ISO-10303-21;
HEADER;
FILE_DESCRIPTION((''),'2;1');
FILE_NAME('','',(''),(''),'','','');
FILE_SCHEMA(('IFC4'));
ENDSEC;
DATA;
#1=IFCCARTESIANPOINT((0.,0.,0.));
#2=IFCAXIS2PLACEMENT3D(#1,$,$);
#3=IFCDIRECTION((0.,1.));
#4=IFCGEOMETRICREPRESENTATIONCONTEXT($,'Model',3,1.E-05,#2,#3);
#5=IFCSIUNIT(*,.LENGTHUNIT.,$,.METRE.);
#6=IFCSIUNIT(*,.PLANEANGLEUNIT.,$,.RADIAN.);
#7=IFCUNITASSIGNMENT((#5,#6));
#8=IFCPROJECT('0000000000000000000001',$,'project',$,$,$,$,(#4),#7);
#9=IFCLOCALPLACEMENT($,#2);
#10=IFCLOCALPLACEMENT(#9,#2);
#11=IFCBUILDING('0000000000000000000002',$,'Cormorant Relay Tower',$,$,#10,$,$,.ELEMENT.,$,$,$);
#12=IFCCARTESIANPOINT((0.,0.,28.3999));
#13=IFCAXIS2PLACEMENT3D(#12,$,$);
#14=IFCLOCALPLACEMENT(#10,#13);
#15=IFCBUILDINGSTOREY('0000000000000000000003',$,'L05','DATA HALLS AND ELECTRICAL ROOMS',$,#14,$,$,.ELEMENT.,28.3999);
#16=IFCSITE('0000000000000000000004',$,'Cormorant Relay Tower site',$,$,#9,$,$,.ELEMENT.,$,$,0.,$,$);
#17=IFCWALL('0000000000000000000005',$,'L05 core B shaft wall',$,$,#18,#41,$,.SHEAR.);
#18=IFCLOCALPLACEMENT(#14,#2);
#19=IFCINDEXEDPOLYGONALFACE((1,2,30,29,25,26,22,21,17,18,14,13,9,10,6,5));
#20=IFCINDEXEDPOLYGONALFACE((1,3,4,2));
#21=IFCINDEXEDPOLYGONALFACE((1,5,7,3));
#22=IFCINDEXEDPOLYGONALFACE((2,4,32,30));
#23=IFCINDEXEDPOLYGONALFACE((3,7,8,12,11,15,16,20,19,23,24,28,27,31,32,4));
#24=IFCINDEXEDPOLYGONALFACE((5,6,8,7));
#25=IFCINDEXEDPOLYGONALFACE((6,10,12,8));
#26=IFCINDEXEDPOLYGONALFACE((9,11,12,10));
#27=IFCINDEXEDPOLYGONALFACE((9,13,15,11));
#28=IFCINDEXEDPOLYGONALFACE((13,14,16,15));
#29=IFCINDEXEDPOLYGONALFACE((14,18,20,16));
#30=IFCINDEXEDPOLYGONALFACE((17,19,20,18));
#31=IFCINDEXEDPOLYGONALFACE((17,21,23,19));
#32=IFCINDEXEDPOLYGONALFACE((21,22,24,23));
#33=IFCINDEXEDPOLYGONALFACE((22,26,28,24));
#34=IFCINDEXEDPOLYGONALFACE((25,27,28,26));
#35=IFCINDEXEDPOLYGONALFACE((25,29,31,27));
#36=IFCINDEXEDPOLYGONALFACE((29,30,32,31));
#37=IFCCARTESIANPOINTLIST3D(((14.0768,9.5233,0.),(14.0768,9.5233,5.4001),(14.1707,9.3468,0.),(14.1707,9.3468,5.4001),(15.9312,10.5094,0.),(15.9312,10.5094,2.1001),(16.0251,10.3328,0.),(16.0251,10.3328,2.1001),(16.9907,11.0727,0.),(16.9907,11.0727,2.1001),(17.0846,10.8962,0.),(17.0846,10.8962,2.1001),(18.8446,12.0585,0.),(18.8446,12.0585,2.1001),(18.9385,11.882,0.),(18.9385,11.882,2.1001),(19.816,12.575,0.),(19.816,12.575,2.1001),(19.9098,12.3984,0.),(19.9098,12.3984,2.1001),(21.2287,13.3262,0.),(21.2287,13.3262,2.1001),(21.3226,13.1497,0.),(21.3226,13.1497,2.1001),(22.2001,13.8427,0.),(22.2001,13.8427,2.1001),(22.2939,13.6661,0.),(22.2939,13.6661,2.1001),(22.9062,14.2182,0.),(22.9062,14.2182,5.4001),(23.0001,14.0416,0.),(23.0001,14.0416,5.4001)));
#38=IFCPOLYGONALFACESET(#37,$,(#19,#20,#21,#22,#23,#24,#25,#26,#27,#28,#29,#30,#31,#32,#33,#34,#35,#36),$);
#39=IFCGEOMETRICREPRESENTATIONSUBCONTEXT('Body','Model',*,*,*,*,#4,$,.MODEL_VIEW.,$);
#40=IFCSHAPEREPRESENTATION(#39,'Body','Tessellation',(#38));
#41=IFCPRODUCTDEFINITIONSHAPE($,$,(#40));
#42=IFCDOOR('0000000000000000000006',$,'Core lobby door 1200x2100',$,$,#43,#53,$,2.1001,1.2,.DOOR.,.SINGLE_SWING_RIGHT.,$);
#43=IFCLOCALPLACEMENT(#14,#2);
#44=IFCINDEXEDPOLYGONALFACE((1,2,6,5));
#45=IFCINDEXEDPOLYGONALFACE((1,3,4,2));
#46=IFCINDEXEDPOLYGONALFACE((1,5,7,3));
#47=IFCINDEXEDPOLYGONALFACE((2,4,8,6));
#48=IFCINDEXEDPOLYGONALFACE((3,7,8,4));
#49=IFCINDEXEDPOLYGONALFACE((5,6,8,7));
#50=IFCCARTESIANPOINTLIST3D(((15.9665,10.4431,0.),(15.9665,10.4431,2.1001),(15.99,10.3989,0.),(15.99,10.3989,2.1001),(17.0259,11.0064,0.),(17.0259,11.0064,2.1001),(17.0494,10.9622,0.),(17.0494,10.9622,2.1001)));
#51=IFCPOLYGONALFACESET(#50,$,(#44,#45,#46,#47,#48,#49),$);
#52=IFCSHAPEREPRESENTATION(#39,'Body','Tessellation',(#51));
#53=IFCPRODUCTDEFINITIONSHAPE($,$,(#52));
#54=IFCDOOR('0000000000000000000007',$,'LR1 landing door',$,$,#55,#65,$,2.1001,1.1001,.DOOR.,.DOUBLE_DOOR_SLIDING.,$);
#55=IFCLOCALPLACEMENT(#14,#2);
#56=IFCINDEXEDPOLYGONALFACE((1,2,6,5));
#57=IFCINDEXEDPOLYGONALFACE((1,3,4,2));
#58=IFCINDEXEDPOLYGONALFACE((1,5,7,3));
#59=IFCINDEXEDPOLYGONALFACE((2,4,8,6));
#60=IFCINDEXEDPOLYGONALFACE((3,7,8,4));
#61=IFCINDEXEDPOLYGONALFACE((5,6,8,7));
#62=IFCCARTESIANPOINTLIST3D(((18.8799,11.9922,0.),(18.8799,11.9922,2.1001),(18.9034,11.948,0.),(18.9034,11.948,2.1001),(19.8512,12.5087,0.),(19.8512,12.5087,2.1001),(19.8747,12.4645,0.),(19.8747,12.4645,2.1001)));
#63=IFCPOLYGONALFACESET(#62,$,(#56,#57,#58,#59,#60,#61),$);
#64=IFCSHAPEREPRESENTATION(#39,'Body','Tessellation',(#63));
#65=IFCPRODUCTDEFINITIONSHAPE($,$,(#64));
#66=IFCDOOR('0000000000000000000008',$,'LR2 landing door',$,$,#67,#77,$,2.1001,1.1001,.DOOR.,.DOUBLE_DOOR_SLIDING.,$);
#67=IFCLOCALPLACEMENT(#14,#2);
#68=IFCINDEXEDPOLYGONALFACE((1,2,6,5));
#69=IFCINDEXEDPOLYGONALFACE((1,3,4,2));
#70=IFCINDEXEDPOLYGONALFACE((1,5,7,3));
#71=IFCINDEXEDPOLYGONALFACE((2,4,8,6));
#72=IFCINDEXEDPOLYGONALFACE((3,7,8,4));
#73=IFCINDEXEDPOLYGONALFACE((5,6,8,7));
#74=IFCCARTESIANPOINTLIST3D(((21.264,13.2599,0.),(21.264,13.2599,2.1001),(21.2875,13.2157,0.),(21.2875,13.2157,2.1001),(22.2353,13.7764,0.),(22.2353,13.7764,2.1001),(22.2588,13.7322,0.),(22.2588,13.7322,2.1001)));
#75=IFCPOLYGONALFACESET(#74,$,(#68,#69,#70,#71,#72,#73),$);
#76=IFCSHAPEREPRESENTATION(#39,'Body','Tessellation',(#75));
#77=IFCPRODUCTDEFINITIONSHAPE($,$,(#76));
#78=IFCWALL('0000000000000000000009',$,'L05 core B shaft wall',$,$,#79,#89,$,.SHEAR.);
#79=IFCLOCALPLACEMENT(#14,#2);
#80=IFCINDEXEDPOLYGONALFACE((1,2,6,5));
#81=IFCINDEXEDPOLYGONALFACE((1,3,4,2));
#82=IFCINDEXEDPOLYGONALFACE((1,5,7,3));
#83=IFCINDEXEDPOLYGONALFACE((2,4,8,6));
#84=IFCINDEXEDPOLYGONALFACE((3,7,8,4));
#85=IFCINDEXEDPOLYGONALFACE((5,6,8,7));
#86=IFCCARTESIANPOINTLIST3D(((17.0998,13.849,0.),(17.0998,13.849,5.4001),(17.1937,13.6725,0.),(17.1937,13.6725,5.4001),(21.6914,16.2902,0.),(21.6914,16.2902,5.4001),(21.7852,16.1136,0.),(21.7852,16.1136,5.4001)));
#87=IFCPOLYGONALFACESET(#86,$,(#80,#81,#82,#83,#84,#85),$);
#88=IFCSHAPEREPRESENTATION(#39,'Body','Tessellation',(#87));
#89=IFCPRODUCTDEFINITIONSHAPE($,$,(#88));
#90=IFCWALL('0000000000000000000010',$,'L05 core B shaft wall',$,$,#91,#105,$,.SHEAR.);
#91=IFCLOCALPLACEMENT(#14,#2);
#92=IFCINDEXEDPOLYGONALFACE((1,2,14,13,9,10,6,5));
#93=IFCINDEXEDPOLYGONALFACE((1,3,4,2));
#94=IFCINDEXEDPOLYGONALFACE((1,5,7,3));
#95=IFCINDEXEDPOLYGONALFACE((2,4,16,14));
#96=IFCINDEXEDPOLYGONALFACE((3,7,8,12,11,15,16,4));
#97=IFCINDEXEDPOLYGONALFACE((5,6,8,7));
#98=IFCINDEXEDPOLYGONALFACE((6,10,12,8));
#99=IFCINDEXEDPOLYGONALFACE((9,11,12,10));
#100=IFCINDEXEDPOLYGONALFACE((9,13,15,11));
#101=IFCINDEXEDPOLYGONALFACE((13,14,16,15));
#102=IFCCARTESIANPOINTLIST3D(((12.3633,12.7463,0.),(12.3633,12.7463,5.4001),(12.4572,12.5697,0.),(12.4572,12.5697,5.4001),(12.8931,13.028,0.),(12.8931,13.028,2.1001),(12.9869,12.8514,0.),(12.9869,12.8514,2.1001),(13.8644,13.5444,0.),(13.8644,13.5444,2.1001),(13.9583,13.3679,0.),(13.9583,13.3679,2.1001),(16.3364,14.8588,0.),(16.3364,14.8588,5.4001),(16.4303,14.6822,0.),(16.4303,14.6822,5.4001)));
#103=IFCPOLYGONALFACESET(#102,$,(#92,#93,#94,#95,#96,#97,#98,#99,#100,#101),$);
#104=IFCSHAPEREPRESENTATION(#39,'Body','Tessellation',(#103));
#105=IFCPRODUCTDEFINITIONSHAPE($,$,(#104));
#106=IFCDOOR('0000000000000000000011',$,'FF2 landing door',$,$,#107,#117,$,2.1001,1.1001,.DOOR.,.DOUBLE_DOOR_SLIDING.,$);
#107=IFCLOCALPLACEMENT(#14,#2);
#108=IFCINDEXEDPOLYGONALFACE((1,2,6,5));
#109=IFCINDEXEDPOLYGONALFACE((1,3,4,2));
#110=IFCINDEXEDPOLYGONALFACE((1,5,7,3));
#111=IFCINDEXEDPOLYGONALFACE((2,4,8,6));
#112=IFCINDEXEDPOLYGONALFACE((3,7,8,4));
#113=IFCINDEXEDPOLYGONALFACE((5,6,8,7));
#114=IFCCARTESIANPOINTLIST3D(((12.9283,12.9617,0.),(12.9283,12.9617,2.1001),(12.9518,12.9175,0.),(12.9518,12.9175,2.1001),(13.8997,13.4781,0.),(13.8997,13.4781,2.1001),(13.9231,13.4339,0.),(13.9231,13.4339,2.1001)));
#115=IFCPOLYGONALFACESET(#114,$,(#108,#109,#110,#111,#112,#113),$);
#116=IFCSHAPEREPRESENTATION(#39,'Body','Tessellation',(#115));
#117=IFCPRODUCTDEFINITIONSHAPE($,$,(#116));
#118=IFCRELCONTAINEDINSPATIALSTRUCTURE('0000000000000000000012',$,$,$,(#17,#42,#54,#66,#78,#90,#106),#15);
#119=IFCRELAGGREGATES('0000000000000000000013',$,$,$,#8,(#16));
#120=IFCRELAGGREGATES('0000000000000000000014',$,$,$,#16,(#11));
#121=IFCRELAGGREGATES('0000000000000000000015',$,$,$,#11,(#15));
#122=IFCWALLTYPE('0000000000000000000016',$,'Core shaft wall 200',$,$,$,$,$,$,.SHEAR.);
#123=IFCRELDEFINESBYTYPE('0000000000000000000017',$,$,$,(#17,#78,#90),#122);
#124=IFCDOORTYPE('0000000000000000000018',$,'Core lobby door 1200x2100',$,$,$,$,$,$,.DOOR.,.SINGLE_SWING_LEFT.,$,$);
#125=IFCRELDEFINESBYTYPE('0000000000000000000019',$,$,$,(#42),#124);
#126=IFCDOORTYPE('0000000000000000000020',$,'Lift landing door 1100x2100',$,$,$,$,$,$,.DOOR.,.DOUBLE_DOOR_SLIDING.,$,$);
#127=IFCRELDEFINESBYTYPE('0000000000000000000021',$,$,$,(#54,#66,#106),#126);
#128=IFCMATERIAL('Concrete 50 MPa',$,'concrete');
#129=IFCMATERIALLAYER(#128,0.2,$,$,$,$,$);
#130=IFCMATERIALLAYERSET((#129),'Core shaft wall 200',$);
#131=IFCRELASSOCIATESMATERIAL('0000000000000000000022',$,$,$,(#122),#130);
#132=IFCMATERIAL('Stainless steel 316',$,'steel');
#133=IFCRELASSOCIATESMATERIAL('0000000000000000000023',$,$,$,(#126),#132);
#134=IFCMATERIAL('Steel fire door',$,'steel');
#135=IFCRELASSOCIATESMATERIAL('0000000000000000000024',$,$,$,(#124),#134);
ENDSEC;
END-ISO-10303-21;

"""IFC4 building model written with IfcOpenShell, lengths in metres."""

from ifc_helpers import new_model, si_unit, direction, frame, frame_2d, origin, place, context, subcontext, project, spatial, rectangle, extrude, material, layer, layer_set, type_object, element, fill, save


model = new_model("IFC4")

# Units and contexts
model_context = context("Model", 3, precision=1e-05, world=origin(), true_north=direction((0.0, 1.0)))
body_context = subcontext(model_context, "Body", "Model", "MODEL_VIEW")
ifc_project = project(units=[si_unit("LENGTHUNIT", "METRE"), si_unit("PLANEANGLEUNIT", "RADIAN")], contexts=[model_context])

# Site, building, storey
site_placement = place(None, origin())
site = spatial("IfcSite", under=ifc_project, at=site_placement, Name="Cormorant Relay Tower site", CompositionType="ELEMENT", RefElevation=0.0)
building_placement = place(site_placement, origin())
building = spatial("IfcBuilding", under=site, at=building_placement, Name="Cormorant Relay Tower", CompositionType="ELEMENT")
storey_placement = place(building_placement, frame((0.0, 0.0, 28.3999)))
storey = spatial("IfcBuildingStorey", under=building, at=storey_placement, Name="L05", Description="DATA HALLS AND ELECTRICAL ROOMS", CompositionType="ELEMENT", Elevation=28.3999)

# Shared definitions
ifc_material_1 = material(Name="Concrete 50 MPa", Category="concrete")
ifc_layer_1 = layer(ifc_material_1, 0.2)
ifc_layer_set_1 = layer_set([ifc_layer_1], Name="Core shaft wall 200")
wall_type_1 = type_object("IfcWallType", Name="Core shaft wall 200", PredefinedType="SHEAR", material=ifc_layer_set_1)

# Wall, openings, doors
ifc_material_2 = material(Name="Stainless steel 316", Category="steel")
door_type_1 = type_object("IfcDoorType", Name="Lift landing door 1100x2100", OperationType="DOUBLE_DOOR_SLIDING", PredefinedType="DOOR", material=ifc_material_2)
wall_1_placement = place(storey_placement, frame((14.1238, 9.4351, 0.0), z_axis=(0.0, 0.0, 1.0), x_axis=(0.88294, 0.469485, 0.0)))
wall_1 = element("IfcWall", 1, at=wall_1_placement, inside=storey, type_object=wall_type_1, Name="L05 core B shaft wall", PredefinedType="SHEAR", context=body_context, shape_type="SweptSolid", body=[
    extrude(rectangle(XDim=10.0, YDim=0.2, at=frame_2d((5.0, 0.0))), origin(), (0.0, 0.0, 1.0), 5.4001),
])
opening_1_placement = place(wall_1_placement, frame((2.1001, 0.0, 0.0)))
opening_1 = element("IfcOpeningElement", 2, at=opening_1_placement, cuts=wall_1, PredefinedType="OPENING", context=body_context, shape_type="SweptSolid", body=[
    extrude(rectangle(XDim=1.2, YDim=2.1001, at=frame_2d((0.6001, 1.05))), frame((0.0, 0.1099, 0.0), z_axis=(0.0, -1.0, 0.0), x_axis=(1.0, 0.0, 0.0)), (0.0, 0.0, 1.0), 0.22),
])
opening_2_placement = place(wall_1_placement, frame((5.3999, 0.0, 0.0)))
opening_2 = element("IfcOpeningElement", 3, at=opening_2_placement, cuts=wall_1, PredefinedType="OPENING", context=body_context, shape_type="SweptSolid", body=[
    extrude(rectangle(XDim=1.1001, YDim=2.1001, at=frame_2d((0.55, 1.05))), frame((0.0, 0.1099, 0.0), z_axis=(0.0, -1.0, 0.0), x_axis=(1.0, 0.0, 0.0)), (0.0, 0.0, 1.0), 0.22),
])
opening_3_placement = place(wall_1_placement, frame((8.1001, 0.0, 0.0)))
opening_3 = element("IfcOpeningElement", 4, at=opening_3_placement, cuts=wall_1, PredefinedType="OPENING", context=body_context, shape_type="SweptSolid", body=[
    extrude(rectangle(XDim=1.1001, YDim=2.1001, at=frame_2d((0.55, 1.05))), frame((0.0, 0.1099, 0.0), z_axis=(0.0, -1.0, 0.0), x_axis=(1.0, 0.0, 0.0)), (0.0, 0.0, 1.0), 0.22),
])
ifc_material_3 = material(Name="Steel fire door", Category="steel")
door_type_2 = type_object("IfcDoorType", Name="Core lobby door 1200x2100", OperationType="SINGLE_SWING_LEFT", PredefinedType="DOOR", material=ifc_material_3)
door_1_placement = place(opening_1_placement, origin())
door_1 = element("IfcDoor", 5, at=door_1_placement, inside=storey, type_object=door_type_2, Name="Core lobby door 1200x2100", OperationType="SINGLE_SWING_RIGHT", OverallHeight=2.1001, OverallWidth=1.2, PredefinedType="DOOR", context=body_context, shape_type="SweptSolid", body=[
    extrude(rectangle(XDim=1.2, YDim=2.1001, at=frame_2d((0.6001, 1.05))), frame((0.0, 0.0249, 0.0), z_axis=(0.0, -1.0, 0.0), x_axis=(1.0, 0.0, 0.0)), (0.0, 0.0, 1.0), 0.05),
])
fill(opening_1, door_1)
door_2_placement = place(opening_2_placement, origin())
door_2 = element("IfcDoor", 6, at=door_2_placement, inside=storey, type_object=door_type_1, Name="LR1 landing door", OperationType="DOUBLE_DOOR_SLIDING", OverallHeight=2.1001, OverallWidth=1.1001, PredefinedType="DOOR", context=body_context, shape_type="SweptSolid", body=[
    extrude(rectangle(XDim=1.1001, YDim=2.1001, at=frame_2d((0.55, 1.05))), frame((0.0, 0.0249, 0.0), z_axis=(0.0, -1.0, 0.0), x_axis=(1.0, 0.0, 0.0)), (0.0, 0.0, 1.0), 0.05),
])
fill(opening_2, door_2)
door_3_placement = place(opening_3_placement, origin())
door_3 = element("IfcDoor", 7, at=door_3_placement, inside=storey, type_object=door_type_1, Name="LR2 landing door", OperationType="DOUBLE_DOOR_SLIDING", OverallHeight=2.1001, OverallWidth=1.1001, PredefinedType="DOOR", context=body_context, shape_type="SweptSolid", body=[
    extrude(rectangle(XDim=1.1001, YDim=2.1001, at=frame_2d((0.55, 1.05))), frame((0.0, 0.0249, 0.0), z_axis=(0.0, -1.0, 0.0), x_axis=(1.0, 0.0, 0.0)), (0.0, 0.0, 1.0), 0.05),
])
fill(opening_3, door_3)

# Wall
wall_2_placement = place(storey_placement, frame((17.1467, 13.7607, 0.0), z_axis=(0.0, 0.0, 1.0), x_axis=(0.882964, 0.46944, 0.0)))
element("IfcWall", 8, at=wall_2_placement, inside=storey, type_object=wall_type_1, Name="L05 core B shaft wall", PredefinedType="SHEAR", context=body_context, shape_type="SweptSolid", body=[
    extrude(rectangle(XDim=5.2002, YDim=0.2, at=frame_2d((2.6001, 0.0))), origin(), (0.0, 0.0, 1.0), 5.4001),
])

# Wall, opening, door
wall_3_placement = place(storey_placement, frame((12.4102, 12.658, 0.0), z_axis=(0.0, 0.0, 1.0), x_axis=(0.882948, 0.46947, 0.0)))
wall_3 = element("IfcWall", 9, at=wall_3_placement, inside=storey, type_object=wall_type_1, Name="L05 core B shaft wall", PredefinedType="SHEAR", context=body_context, shape_type="SweptSolid", body=[
    extrude(rectangle(XDim=4.4998, YDim=0.2, at=frame_2d((2.25, 0.0))), origin(), (0.0, 0.0, 1.0), 5.4001),
])
opening_4_placement = place(wall_3_placement, frame((0.6001, 0.0, 0.0)))
opening_4 = element("IfcOpeningElement", 10, at=opening_4_placement, cuts=wall_3, PredefinedType="OPENING", context=body_context, shape_type="SweptSolid", body=[
    extrude(rectangle(XDim=1.1001, YDim=2.1001, at=frame_2d((0.55, 1.05))), frame((0.0, 0.1099, 0.0), z_axis=(0.0, -1.0, 0.0), x_axis=(1.0, 0.0, 0.0)), (0.0, 0.0, 1.0), 0.22),
])
door_4_placement = place(opening_4_placement, origin())
door_4 = element("IfcDoor", 11, at=door_4_placement, inside=storey, type_object=door_type_1, Name="FF2 landing door", OperationType="DOUBLE_DOOR_SLIDING", OverallHeight=2.1001, OverallWidth=1.1001, PredefinedType="DOOR", context=body_context, shape_type="SweptSolid", body=[
    extrude(rectangle(XDim=1.1001, YDim=2.1001, at=frame_2d((0.55, 1.05))), frame((0.0, 0.0249, 0.0), z_axis=(0.0, -1.0, 0.0), x_axis=(1.0, 0.0, 0.0)), (0.0, 0.0, 1.0), 0.05),
])
fill(opening_4, door_4)

save(model, "model.ifc")
